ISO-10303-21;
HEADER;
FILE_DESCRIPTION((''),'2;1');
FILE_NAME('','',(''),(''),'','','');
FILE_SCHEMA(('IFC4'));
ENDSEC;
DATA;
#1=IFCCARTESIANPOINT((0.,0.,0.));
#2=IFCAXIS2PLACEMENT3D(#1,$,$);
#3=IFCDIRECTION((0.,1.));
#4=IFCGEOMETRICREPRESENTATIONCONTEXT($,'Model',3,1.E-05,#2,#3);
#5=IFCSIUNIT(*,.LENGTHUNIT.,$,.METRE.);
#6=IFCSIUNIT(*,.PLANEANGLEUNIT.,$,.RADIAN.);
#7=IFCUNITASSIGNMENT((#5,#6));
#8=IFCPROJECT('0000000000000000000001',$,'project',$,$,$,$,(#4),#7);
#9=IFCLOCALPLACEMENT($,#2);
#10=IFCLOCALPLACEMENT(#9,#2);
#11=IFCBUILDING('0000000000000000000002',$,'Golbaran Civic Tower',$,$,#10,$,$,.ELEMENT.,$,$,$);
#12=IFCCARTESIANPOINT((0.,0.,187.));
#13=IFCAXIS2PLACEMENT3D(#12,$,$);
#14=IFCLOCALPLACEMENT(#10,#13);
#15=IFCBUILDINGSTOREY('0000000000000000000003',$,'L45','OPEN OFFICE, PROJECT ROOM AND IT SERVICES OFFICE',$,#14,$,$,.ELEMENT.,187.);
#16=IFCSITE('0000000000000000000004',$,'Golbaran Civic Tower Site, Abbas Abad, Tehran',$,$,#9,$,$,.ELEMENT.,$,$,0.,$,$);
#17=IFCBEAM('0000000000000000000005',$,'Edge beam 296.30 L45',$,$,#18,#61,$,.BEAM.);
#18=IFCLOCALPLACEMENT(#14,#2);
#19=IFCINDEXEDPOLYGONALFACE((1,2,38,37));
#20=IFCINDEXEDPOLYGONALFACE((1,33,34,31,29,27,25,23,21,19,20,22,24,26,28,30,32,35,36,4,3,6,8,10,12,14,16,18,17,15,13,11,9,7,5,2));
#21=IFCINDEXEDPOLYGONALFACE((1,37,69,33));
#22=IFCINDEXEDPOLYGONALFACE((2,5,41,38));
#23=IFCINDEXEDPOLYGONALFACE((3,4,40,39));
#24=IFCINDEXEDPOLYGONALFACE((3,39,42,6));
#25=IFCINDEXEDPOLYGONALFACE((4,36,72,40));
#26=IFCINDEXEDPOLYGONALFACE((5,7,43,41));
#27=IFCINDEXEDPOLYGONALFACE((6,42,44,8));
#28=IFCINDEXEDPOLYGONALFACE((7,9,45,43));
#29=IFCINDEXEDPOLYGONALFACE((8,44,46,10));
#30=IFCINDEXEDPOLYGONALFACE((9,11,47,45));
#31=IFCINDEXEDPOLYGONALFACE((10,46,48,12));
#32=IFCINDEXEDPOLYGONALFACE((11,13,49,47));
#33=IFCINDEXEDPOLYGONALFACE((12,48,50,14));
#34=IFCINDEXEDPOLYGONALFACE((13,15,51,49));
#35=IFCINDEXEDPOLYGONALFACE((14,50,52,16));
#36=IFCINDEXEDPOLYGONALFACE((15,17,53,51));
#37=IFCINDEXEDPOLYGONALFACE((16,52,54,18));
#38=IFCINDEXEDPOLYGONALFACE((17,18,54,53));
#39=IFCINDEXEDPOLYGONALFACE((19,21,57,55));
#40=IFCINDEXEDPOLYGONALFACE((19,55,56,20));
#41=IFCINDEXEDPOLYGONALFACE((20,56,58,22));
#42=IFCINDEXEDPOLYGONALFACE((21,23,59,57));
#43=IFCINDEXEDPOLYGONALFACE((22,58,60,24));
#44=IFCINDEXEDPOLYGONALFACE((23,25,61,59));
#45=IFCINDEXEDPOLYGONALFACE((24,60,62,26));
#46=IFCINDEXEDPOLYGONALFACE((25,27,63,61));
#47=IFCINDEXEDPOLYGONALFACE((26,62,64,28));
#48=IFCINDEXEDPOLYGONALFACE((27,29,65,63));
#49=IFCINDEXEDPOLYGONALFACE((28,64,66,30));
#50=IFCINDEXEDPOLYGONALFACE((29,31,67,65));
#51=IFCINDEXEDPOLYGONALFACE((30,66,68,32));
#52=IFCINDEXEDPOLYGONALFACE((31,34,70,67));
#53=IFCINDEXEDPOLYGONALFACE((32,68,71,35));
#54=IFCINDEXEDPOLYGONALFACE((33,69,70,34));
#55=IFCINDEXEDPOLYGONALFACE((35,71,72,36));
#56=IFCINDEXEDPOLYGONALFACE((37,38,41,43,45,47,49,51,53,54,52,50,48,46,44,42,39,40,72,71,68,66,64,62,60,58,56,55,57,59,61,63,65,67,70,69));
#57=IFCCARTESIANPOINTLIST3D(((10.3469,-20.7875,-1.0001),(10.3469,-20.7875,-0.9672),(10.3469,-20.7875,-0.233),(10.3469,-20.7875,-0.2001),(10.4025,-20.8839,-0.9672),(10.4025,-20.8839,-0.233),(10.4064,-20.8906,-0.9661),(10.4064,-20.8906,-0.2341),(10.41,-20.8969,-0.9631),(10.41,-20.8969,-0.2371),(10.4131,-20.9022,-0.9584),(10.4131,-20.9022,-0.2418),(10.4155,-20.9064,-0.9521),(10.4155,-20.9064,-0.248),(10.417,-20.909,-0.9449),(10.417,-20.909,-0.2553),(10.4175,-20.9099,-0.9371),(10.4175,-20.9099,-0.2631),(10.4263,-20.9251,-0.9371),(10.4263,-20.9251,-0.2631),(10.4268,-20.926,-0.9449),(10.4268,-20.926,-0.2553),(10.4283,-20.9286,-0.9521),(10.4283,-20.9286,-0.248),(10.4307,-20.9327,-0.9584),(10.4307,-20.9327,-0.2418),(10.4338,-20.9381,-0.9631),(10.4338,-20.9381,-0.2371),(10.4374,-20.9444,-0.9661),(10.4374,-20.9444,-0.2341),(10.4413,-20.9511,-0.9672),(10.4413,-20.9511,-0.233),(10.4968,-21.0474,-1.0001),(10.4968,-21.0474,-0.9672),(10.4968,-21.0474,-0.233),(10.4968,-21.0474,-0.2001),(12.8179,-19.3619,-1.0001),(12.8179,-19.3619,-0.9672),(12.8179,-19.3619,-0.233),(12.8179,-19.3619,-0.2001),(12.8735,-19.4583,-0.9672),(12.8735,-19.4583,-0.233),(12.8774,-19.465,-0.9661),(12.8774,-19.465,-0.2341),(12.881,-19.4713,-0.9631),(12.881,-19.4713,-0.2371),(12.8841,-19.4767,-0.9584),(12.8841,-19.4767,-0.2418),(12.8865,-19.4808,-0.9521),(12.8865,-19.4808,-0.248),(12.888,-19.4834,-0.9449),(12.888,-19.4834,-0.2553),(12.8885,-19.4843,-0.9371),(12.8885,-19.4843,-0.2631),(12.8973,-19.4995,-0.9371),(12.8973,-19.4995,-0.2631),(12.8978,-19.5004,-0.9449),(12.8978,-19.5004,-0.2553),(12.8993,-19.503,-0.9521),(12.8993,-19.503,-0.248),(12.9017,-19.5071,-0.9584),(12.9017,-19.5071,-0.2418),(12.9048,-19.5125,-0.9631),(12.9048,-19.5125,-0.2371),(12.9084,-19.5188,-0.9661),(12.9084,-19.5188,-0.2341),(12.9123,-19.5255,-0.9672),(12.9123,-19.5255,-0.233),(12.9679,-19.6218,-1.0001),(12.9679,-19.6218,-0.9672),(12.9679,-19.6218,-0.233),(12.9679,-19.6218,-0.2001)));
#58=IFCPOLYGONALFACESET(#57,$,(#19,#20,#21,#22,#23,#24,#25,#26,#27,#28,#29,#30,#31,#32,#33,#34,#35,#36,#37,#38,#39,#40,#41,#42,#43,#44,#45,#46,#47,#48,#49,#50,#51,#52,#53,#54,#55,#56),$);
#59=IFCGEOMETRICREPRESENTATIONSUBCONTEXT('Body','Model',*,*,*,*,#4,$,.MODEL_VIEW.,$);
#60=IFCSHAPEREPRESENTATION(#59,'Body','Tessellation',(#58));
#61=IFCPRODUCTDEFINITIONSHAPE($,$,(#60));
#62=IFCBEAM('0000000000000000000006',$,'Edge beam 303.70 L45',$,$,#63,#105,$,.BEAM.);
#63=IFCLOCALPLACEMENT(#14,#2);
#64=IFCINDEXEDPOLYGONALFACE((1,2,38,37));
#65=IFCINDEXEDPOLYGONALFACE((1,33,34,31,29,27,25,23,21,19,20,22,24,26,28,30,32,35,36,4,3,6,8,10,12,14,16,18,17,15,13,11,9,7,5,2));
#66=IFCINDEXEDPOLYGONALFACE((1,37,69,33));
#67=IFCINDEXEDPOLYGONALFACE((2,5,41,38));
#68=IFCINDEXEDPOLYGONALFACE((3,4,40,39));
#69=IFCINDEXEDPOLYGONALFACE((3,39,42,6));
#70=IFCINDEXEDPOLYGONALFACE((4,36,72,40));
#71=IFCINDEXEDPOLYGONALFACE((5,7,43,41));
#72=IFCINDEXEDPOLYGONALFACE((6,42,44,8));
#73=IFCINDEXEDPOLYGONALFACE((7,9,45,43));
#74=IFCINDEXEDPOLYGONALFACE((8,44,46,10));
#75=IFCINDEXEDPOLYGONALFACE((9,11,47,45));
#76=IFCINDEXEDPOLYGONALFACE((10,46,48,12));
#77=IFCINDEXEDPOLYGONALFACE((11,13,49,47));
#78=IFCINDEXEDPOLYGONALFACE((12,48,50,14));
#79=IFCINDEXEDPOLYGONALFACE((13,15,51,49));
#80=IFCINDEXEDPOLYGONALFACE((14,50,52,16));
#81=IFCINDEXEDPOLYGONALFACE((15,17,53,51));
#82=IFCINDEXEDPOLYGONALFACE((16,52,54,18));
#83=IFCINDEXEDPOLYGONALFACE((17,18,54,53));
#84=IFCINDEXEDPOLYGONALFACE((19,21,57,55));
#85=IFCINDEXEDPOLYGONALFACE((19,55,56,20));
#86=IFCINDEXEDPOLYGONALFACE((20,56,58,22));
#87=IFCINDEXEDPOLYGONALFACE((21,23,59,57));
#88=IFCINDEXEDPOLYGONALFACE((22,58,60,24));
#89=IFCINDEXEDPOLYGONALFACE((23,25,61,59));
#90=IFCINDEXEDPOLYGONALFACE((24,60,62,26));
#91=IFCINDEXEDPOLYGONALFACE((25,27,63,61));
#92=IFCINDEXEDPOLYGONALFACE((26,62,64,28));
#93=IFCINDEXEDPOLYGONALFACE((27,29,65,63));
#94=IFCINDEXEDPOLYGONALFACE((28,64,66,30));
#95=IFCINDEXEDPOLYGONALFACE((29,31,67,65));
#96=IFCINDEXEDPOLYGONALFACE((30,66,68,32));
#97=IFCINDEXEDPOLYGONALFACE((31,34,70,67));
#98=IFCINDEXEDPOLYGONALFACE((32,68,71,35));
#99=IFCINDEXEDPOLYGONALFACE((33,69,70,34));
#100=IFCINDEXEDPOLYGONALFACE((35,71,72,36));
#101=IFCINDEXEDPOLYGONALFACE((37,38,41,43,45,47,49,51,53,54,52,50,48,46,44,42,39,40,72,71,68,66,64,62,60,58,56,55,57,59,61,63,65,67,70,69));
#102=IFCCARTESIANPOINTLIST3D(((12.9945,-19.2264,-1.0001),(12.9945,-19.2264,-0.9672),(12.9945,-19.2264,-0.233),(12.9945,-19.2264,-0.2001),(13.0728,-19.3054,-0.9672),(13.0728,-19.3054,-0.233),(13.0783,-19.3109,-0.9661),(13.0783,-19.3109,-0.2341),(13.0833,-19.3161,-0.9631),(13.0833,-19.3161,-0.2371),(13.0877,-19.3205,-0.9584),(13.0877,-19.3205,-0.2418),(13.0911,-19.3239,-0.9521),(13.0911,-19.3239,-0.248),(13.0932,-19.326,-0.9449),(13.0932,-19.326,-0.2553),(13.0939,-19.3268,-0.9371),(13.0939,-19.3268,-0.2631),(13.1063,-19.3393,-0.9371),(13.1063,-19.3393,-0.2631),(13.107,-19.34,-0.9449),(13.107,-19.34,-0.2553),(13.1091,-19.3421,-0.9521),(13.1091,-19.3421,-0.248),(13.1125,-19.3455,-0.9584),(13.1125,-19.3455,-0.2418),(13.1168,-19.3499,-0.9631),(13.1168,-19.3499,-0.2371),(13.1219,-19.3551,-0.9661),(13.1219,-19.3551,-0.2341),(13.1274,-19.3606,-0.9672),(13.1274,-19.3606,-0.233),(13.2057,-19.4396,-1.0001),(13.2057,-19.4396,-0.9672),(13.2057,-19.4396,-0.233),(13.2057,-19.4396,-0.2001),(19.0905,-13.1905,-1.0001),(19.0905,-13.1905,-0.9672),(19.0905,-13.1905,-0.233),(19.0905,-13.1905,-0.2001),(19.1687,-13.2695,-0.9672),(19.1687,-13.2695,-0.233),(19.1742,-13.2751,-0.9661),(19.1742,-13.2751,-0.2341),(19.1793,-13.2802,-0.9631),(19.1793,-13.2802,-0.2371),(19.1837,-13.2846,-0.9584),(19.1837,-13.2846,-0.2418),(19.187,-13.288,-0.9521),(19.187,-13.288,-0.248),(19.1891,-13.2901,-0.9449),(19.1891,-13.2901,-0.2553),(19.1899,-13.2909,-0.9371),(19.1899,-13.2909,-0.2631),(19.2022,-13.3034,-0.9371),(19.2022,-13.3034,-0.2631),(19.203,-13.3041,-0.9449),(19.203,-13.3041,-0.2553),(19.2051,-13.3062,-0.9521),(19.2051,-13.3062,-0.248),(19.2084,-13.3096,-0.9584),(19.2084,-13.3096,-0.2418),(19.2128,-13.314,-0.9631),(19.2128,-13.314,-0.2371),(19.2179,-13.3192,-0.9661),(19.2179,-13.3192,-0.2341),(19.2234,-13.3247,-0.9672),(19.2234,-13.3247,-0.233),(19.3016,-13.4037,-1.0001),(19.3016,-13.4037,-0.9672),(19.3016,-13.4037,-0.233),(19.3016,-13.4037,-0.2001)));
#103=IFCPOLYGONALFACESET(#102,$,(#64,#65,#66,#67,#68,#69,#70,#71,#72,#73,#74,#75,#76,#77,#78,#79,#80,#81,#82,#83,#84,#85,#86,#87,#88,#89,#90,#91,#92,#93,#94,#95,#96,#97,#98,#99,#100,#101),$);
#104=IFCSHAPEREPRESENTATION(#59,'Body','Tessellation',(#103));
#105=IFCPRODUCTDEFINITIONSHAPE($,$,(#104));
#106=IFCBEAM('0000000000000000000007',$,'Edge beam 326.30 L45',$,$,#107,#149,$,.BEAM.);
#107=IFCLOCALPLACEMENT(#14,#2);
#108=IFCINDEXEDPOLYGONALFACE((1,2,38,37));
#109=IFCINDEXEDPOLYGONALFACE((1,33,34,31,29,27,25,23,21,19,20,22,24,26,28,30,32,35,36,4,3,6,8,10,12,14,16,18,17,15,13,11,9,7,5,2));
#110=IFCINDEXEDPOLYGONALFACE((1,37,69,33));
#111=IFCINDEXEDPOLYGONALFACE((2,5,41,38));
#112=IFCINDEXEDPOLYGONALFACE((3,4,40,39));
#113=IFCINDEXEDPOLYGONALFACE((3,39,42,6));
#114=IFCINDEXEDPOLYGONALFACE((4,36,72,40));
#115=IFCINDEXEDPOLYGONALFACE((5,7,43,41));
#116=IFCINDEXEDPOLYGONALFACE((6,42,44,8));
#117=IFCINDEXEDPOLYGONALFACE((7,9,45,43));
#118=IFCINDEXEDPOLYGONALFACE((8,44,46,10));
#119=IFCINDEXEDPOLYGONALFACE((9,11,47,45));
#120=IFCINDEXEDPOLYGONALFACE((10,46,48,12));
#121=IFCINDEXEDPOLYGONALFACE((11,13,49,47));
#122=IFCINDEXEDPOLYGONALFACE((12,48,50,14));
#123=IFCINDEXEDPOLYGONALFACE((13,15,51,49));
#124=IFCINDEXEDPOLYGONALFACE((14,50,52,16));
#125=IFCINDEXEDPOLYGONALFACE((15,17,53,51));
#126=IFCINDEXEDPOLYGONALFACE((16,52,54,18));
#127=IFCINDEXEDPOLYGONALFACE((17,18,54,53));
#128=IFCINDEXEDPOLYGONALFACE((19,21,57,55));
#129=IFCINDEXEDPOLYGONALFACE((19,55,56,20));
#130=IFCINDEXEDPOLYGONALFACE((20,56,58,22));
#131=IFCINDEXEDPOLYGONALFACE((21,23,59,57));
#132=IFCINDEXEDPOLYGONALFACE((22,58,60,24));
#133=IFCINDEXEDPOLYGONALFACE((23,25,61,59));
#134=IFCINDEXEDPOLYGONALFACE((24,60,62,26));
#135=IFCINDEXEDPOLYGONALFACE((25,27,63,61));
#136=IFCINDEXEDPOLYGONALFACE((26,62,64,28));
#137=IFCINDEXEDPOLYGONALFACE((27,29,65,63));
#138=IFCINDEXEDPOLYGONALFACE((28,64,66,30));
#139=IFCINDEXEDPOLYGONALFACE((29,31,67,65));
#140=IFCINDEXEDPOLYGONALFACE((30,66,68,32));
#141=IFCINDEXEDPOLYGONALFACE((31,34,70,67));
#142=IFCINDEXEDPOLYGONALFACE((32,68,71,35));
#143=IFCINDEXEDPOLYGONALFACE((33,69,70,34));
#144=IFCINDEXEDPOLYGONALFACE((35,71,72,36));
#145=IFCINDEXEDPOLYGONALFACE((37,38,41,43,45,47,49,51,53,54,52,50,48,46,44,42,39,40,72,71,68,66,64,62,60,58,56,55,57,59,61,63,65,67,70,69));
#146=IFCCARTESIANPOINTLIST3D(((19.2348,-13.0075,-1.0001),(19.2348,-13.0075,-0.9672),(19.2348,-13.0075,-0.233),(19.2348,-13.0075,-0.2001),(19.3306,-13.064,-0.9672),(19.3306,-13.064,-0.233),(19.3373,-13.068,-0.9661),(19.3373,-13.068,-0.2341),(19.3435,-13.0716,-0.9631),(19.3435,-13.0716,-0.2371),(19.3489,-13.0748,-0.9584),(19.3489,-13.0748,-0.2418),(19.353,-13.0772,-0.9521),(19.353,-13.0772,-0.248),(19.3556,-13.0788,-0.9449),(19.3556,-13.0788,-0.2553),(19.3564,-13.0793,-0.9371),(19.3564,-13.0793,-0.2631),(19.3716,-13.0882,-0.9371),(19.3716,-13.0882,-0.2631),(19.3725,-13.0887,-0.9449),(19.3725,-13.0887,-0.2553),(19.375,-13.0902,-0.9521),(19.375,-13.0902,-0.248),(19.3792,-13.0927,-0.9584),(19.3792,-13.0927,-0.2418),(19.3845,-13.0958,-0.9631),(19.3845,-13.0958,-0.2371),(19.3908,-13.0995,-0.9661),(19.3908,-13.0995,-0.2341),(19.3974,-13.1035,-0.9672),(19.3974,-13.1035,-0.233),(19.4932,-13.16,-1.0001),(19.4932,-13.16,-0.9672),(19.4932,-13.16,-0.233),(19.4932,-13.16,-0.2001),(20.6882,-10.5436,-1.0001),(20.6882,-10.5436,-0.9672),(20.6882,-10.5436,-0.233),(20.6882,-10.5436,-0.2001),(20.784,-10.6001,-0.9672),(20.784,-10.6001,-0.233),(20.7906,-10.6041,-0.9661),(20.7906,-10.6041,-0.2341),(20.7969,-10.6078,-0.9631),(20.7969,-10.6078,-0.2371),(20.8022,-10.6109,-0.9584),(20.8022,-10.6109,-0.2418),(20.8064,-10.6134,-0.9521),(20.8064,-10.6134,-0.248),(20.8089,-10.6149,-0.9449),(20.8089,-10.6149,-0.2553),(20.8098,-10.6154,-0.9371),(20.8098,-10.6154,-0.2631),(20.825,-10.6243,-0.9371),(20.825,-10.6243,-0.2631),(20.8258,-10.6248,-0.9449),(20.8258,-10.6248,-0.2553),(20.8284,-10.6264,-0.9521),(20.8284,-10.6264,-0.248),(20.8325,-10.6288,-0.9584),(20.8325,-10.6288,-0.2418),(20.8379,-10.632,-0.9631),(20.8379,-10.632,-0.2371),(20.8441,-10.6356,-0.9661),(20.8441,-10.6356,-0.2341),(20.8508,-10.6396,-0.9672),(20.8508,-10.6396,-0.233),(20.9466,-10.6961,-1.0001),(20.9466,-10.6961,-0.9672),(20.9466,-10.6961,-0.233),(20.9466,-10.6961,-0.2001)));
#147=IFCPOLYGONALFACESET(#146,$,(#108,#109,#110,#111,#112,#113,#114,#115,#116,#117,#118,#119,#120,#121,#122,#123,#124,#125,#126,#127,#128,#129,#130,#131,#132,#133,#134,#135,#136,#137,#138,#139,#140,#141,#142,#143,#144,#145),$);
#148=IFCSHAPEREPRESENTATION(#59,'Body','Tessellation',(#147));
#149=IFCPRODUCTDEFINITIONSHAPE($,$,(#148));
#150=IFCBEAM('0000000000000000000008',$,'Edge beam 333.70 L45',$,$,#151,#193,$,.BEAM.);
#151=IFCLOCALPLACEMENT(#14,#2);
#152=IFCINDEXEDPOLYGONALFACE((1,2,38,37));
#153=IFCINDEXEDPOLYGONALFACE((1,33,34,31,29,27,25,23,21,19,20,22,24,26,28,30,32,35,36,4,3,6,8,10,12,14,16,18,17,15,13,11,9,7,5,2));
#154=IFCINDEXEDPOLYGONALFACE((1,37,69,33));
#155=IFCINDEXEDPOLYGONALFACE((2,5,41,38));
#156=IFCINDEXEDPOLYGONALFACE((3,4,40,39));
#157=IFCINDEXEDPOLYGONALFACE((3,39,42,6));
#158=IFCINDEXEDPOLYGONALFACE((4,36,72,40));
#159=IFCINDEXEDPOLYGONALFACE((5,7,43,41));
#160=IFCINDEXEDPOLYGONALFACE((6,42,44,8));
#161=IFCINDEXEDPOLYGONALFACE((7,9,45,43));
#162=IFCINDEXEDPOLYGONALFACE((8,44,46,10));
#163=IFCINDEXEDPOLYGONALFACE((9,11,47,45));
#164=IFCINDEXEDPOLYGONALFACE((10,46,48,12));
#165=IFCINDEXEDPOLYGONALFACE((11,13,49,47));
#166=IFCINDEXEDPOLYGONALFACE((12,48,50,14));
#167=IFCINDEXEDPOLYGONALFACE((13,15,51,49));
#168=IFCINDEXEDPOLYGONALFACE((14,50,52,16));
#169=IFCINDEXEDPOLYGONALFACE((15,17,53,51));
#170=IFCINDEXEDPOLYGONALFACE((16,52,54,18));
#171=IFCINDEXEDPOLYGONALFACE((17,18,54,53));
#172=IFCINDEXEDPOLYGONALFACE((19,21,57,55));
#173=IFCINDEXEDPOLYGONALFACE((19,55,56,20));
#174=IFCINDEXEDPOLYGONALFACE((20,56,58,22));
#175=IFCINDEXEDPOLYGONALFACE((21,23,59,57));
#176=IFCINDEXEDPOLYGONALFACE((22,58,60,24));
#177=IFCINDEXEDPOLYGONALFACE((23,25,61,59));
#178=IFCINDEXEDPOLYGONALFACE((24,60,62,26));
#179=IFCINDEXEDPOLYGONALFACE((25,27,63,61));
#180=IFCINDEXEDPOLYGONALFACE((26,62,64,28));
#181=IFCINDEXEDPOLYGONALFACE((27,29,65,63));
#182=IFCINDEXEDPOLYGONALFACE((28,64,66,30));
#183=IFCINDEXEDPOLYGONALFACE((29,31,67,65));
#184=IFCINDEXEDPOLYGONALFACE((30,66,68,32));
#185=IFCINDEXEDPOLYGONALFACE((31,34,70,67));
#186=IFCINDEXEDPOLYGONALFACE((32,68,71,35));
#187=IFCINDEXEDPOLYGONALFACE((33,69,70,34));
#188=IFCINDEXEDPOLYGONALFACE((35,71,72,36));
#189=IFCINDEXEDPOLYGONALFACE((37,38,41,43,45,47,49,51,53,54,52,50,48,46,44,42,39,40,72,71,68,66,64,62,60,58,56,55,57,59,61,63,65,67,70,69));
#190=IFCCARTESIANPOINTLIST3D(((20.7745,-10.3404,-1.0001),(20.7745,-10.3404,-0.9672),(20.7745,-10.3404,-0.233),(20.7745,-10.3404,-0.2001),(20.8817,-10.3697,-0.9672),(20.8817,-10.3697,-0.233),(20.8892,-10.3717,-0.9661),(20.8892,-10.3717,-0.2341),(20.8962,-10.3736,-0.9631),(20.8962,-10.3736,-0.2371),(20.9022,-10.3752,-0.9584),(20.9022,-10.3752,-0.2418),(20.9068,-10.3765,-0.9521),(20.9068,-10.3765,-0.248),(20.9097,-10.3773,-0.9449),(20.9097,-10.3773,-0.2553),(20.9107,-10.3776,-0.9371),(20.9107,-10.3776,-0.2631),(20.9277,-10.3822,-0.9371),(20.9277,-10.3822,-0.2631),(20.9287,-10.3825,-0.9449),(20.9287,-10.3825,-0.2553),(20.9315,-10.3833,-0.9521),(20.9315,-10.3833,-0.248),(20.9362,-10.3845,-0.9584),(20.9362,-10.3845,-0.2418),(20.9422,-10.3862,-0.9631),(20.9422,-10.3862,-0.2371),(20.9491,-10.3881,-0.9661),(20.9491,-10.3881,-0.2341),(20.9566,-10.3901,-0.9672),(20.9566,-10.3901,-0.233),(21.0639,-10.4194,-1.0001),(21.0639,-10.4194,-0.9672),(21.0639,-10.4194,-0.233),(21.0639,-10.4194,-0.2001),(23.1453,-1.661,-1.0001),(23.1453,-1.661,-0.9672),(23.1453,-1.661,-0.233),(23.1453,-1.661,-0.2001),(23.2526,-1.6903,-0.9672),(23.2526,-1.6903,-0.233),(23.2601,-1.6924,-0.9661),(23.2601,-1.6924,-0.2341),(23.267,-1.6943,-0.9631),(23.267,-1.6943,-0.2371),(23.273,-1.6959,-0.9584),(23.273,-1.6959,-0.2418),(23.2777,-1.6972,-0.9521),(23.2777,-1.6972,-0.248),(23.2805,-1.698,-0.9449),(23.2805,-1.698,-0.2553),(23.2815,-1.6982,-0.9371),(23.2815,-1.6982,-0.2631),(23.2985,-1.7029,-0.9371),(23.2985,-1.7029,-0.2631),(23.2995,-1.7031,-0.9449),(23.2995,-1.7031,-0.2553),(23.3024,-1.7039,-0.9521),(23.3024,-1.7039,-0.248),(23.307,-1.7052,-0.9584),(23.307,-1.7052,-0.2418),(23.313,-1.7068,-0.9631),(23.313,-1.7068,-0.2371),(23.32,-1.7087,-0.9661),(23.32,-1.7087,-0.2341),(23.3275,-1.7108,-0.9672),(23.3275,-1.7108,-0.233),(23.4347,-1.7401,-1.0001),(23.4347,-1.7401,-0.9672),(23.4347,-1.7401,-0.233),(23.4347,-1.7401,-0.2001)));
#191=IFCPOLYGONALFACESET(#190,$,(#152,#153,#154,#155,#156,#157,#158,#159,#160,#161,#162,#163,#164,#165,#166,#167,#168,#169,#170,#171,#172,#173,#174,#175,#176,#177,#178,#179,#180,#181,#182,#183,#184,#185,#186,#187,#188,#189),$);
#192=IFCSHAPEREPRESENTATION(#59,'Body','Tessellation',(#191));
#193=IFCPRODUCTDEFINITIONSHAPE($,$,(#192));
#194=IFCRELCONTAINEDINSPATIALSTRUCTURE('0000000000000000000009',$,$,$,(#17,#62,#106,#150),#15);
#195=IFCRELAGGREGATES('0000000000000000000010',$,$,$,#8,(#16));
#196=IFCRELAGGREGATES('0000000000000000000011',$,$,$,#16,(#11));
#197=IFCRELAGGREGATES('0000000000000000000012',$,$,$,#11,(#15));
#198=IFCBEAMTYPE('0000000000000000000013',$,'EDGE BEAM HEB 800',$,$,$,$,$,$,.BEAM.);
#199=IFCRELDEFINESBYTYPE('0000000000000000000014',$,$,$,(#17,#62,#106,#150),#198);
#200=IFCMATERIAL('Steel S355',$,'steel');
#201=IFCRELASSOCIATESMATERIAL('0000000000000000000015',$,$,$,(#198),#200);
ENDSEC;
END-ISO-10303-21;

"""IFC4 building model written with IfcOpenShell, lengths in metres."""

from ifc_helpers import new_model, si_unit, direction, frame, origin, origin_2d, place, context, subcontext, project, spatial, i_section, extrude, material, material_profile, profile_set, type_object, element, save


model = new_model("IFC4")

# Units and contexts
model_context = context("Model", 3, precision=1e-05, world=origin(), true_north=direction((0.0, 1.0)))
body_context = subcontext(model_context, "Body", "Model", "MODEL_VIEW")
ifc_project = project(units=[si_unit("LENGTHUNIT", "METRE"), si_unit("PLANEANGLEUNIT", "RADIAN")], contexts=[model_context])

# Site, building, storey
site_placement = place(None, origin())
site = spatial("IfcSite", under=ifc_project, at=site_placement, Name="Golbaran Civic Tower Site, Abbas Abad, Tehran", CompositionType="ELEMENT", RefElevation=0.0)
building_placement = place(site_placement, origin())
building = spatial("IfcBuilding", under=site, at=building_placement, Name="Golbaran Civic Tower", CompositionType="ELEMENT")
storey_placement = place(building_placement, frame((0.0, 0.0, 187.0)))
storey = spatial("IfcBuildingStorey", under=building, at=storey_placement, Name="L45", Description="OPEN OFFICE, PROJECT ROOM AND IT SERVICES OFFICE", CompositionType="ELEMENT", Elevation=187.0)

# Beams
ifc_material_1 = material(Name="Steel S355", Category="steel")
ifc_material_profile_1 = material_profile(ifc_material_1, i_section(OverallWidth=0.3, OverallDepth=0.8, WebThickness=0.0176, FlangeThickness=0.033, FilletRadius=0.03, at=origin_2d()), Name="HEB 800")
ifc_profile_set_1 = profile_set([ifc_material_profile_1], Name="Steel S355")
beam_type_1 = type_object("IfcBeamType", Name="EDGE BEAM HEB 800", PredefinedType="BEAM", material=ifc_profile_set_1)
beam_1_placement = place(storey_placement, frame((10.4219, -20.9175, -0.6001), z_axis=(0.866187, 0.49972, 0.0), x_axis=(-0.49972, 0.866187, 0.0)))
element("IfcBeam", 1, at=beam_1_placement, inside=storey, type_object=beam_type_1, Name="Edge beam 296.30 L45", PredefinedType="BEAM", context=body_context, shape_type="SweptSolid", body=[
    extrude(i_section(OverallWidth=0.3, OverallDepth=0.8, WebThickness=0.0176, FlangeThickness=0.033, FilletRadius=0.03, at=origin_2d()), origin(), (0.0, 0.0, 1.0), 2.8528),
])
beam_2_placement = place(storey_placement, frame((13.1001, -19.333, -0.6001), z_axis=(0.710599, 0.703598, 0.0), x_axis=(-0.703598, 0.710599, 0.0)))
element("IfcBeam", 2, at=beam_2_placement, inside=storey, type_object=beam_type_1, Name="Edge beam 303.70 L45", PredefinedType="BEAM", context=body_context, shape_type="SweptSolid", body=[
    extrude(i_section(OverallWidth=0.3, OverallDepth=0.8, WebThickness=0.0176, FlangeThickness=0.033, FilletRadius=0.03, at=origin_2d()), origin(), (0.0, 0.0, 1.0), 8.5786),
])
beam_3_placement = place(storey_placement, frame((19.364, -13.0837, -0.6001), z_axis=(0.508068, 0.861317, 0.0), x_axis=(-0.861317, 0.508068, 0.0)))
element("IfcBeam", 3, at=beam_3_placement, inside=storey, type_object=beam_type_1, Name="Edge beam 326.30 L45", PredefinedType="BEAM", context=body_context, shape_type="SweptSolid", body=[
    extrude(i_section(OverallWidth=0.3, OverallDepth=0.8, WebThickness=0.0176, FlangeThickness=0.033, FilletRadius=0.03, at=origin_2d()), origin(), (0.0, 0.0, 1.0), 2.8606),
])
beam_4_placement = place(storey_placement, frame((20.9192, -10.3799, -0.6001), z_axis=(0.263503, 0.964659, 0.0), x_axis=(-0.964659, 0.263503, 0.0)))
element("IfcBeam", 4, at=beam_4_placement, inside=storey, type_object=beam_type_1, Name="Edge beam 333.70 L45", PredefinedType="BEAM", context=body_context, shape_type="SweptSolid", body=[
    extrude(i_section(OverallWidth=0.3, OverallDepth=0.8, WebThickness=0.0176, FlangeThickness=0.033, FilletRadius=0.03, at=origin_2d()), origin(), (0.0, 0.0, 1.0), 8.9973),
])

save(model, "model.ifc")
